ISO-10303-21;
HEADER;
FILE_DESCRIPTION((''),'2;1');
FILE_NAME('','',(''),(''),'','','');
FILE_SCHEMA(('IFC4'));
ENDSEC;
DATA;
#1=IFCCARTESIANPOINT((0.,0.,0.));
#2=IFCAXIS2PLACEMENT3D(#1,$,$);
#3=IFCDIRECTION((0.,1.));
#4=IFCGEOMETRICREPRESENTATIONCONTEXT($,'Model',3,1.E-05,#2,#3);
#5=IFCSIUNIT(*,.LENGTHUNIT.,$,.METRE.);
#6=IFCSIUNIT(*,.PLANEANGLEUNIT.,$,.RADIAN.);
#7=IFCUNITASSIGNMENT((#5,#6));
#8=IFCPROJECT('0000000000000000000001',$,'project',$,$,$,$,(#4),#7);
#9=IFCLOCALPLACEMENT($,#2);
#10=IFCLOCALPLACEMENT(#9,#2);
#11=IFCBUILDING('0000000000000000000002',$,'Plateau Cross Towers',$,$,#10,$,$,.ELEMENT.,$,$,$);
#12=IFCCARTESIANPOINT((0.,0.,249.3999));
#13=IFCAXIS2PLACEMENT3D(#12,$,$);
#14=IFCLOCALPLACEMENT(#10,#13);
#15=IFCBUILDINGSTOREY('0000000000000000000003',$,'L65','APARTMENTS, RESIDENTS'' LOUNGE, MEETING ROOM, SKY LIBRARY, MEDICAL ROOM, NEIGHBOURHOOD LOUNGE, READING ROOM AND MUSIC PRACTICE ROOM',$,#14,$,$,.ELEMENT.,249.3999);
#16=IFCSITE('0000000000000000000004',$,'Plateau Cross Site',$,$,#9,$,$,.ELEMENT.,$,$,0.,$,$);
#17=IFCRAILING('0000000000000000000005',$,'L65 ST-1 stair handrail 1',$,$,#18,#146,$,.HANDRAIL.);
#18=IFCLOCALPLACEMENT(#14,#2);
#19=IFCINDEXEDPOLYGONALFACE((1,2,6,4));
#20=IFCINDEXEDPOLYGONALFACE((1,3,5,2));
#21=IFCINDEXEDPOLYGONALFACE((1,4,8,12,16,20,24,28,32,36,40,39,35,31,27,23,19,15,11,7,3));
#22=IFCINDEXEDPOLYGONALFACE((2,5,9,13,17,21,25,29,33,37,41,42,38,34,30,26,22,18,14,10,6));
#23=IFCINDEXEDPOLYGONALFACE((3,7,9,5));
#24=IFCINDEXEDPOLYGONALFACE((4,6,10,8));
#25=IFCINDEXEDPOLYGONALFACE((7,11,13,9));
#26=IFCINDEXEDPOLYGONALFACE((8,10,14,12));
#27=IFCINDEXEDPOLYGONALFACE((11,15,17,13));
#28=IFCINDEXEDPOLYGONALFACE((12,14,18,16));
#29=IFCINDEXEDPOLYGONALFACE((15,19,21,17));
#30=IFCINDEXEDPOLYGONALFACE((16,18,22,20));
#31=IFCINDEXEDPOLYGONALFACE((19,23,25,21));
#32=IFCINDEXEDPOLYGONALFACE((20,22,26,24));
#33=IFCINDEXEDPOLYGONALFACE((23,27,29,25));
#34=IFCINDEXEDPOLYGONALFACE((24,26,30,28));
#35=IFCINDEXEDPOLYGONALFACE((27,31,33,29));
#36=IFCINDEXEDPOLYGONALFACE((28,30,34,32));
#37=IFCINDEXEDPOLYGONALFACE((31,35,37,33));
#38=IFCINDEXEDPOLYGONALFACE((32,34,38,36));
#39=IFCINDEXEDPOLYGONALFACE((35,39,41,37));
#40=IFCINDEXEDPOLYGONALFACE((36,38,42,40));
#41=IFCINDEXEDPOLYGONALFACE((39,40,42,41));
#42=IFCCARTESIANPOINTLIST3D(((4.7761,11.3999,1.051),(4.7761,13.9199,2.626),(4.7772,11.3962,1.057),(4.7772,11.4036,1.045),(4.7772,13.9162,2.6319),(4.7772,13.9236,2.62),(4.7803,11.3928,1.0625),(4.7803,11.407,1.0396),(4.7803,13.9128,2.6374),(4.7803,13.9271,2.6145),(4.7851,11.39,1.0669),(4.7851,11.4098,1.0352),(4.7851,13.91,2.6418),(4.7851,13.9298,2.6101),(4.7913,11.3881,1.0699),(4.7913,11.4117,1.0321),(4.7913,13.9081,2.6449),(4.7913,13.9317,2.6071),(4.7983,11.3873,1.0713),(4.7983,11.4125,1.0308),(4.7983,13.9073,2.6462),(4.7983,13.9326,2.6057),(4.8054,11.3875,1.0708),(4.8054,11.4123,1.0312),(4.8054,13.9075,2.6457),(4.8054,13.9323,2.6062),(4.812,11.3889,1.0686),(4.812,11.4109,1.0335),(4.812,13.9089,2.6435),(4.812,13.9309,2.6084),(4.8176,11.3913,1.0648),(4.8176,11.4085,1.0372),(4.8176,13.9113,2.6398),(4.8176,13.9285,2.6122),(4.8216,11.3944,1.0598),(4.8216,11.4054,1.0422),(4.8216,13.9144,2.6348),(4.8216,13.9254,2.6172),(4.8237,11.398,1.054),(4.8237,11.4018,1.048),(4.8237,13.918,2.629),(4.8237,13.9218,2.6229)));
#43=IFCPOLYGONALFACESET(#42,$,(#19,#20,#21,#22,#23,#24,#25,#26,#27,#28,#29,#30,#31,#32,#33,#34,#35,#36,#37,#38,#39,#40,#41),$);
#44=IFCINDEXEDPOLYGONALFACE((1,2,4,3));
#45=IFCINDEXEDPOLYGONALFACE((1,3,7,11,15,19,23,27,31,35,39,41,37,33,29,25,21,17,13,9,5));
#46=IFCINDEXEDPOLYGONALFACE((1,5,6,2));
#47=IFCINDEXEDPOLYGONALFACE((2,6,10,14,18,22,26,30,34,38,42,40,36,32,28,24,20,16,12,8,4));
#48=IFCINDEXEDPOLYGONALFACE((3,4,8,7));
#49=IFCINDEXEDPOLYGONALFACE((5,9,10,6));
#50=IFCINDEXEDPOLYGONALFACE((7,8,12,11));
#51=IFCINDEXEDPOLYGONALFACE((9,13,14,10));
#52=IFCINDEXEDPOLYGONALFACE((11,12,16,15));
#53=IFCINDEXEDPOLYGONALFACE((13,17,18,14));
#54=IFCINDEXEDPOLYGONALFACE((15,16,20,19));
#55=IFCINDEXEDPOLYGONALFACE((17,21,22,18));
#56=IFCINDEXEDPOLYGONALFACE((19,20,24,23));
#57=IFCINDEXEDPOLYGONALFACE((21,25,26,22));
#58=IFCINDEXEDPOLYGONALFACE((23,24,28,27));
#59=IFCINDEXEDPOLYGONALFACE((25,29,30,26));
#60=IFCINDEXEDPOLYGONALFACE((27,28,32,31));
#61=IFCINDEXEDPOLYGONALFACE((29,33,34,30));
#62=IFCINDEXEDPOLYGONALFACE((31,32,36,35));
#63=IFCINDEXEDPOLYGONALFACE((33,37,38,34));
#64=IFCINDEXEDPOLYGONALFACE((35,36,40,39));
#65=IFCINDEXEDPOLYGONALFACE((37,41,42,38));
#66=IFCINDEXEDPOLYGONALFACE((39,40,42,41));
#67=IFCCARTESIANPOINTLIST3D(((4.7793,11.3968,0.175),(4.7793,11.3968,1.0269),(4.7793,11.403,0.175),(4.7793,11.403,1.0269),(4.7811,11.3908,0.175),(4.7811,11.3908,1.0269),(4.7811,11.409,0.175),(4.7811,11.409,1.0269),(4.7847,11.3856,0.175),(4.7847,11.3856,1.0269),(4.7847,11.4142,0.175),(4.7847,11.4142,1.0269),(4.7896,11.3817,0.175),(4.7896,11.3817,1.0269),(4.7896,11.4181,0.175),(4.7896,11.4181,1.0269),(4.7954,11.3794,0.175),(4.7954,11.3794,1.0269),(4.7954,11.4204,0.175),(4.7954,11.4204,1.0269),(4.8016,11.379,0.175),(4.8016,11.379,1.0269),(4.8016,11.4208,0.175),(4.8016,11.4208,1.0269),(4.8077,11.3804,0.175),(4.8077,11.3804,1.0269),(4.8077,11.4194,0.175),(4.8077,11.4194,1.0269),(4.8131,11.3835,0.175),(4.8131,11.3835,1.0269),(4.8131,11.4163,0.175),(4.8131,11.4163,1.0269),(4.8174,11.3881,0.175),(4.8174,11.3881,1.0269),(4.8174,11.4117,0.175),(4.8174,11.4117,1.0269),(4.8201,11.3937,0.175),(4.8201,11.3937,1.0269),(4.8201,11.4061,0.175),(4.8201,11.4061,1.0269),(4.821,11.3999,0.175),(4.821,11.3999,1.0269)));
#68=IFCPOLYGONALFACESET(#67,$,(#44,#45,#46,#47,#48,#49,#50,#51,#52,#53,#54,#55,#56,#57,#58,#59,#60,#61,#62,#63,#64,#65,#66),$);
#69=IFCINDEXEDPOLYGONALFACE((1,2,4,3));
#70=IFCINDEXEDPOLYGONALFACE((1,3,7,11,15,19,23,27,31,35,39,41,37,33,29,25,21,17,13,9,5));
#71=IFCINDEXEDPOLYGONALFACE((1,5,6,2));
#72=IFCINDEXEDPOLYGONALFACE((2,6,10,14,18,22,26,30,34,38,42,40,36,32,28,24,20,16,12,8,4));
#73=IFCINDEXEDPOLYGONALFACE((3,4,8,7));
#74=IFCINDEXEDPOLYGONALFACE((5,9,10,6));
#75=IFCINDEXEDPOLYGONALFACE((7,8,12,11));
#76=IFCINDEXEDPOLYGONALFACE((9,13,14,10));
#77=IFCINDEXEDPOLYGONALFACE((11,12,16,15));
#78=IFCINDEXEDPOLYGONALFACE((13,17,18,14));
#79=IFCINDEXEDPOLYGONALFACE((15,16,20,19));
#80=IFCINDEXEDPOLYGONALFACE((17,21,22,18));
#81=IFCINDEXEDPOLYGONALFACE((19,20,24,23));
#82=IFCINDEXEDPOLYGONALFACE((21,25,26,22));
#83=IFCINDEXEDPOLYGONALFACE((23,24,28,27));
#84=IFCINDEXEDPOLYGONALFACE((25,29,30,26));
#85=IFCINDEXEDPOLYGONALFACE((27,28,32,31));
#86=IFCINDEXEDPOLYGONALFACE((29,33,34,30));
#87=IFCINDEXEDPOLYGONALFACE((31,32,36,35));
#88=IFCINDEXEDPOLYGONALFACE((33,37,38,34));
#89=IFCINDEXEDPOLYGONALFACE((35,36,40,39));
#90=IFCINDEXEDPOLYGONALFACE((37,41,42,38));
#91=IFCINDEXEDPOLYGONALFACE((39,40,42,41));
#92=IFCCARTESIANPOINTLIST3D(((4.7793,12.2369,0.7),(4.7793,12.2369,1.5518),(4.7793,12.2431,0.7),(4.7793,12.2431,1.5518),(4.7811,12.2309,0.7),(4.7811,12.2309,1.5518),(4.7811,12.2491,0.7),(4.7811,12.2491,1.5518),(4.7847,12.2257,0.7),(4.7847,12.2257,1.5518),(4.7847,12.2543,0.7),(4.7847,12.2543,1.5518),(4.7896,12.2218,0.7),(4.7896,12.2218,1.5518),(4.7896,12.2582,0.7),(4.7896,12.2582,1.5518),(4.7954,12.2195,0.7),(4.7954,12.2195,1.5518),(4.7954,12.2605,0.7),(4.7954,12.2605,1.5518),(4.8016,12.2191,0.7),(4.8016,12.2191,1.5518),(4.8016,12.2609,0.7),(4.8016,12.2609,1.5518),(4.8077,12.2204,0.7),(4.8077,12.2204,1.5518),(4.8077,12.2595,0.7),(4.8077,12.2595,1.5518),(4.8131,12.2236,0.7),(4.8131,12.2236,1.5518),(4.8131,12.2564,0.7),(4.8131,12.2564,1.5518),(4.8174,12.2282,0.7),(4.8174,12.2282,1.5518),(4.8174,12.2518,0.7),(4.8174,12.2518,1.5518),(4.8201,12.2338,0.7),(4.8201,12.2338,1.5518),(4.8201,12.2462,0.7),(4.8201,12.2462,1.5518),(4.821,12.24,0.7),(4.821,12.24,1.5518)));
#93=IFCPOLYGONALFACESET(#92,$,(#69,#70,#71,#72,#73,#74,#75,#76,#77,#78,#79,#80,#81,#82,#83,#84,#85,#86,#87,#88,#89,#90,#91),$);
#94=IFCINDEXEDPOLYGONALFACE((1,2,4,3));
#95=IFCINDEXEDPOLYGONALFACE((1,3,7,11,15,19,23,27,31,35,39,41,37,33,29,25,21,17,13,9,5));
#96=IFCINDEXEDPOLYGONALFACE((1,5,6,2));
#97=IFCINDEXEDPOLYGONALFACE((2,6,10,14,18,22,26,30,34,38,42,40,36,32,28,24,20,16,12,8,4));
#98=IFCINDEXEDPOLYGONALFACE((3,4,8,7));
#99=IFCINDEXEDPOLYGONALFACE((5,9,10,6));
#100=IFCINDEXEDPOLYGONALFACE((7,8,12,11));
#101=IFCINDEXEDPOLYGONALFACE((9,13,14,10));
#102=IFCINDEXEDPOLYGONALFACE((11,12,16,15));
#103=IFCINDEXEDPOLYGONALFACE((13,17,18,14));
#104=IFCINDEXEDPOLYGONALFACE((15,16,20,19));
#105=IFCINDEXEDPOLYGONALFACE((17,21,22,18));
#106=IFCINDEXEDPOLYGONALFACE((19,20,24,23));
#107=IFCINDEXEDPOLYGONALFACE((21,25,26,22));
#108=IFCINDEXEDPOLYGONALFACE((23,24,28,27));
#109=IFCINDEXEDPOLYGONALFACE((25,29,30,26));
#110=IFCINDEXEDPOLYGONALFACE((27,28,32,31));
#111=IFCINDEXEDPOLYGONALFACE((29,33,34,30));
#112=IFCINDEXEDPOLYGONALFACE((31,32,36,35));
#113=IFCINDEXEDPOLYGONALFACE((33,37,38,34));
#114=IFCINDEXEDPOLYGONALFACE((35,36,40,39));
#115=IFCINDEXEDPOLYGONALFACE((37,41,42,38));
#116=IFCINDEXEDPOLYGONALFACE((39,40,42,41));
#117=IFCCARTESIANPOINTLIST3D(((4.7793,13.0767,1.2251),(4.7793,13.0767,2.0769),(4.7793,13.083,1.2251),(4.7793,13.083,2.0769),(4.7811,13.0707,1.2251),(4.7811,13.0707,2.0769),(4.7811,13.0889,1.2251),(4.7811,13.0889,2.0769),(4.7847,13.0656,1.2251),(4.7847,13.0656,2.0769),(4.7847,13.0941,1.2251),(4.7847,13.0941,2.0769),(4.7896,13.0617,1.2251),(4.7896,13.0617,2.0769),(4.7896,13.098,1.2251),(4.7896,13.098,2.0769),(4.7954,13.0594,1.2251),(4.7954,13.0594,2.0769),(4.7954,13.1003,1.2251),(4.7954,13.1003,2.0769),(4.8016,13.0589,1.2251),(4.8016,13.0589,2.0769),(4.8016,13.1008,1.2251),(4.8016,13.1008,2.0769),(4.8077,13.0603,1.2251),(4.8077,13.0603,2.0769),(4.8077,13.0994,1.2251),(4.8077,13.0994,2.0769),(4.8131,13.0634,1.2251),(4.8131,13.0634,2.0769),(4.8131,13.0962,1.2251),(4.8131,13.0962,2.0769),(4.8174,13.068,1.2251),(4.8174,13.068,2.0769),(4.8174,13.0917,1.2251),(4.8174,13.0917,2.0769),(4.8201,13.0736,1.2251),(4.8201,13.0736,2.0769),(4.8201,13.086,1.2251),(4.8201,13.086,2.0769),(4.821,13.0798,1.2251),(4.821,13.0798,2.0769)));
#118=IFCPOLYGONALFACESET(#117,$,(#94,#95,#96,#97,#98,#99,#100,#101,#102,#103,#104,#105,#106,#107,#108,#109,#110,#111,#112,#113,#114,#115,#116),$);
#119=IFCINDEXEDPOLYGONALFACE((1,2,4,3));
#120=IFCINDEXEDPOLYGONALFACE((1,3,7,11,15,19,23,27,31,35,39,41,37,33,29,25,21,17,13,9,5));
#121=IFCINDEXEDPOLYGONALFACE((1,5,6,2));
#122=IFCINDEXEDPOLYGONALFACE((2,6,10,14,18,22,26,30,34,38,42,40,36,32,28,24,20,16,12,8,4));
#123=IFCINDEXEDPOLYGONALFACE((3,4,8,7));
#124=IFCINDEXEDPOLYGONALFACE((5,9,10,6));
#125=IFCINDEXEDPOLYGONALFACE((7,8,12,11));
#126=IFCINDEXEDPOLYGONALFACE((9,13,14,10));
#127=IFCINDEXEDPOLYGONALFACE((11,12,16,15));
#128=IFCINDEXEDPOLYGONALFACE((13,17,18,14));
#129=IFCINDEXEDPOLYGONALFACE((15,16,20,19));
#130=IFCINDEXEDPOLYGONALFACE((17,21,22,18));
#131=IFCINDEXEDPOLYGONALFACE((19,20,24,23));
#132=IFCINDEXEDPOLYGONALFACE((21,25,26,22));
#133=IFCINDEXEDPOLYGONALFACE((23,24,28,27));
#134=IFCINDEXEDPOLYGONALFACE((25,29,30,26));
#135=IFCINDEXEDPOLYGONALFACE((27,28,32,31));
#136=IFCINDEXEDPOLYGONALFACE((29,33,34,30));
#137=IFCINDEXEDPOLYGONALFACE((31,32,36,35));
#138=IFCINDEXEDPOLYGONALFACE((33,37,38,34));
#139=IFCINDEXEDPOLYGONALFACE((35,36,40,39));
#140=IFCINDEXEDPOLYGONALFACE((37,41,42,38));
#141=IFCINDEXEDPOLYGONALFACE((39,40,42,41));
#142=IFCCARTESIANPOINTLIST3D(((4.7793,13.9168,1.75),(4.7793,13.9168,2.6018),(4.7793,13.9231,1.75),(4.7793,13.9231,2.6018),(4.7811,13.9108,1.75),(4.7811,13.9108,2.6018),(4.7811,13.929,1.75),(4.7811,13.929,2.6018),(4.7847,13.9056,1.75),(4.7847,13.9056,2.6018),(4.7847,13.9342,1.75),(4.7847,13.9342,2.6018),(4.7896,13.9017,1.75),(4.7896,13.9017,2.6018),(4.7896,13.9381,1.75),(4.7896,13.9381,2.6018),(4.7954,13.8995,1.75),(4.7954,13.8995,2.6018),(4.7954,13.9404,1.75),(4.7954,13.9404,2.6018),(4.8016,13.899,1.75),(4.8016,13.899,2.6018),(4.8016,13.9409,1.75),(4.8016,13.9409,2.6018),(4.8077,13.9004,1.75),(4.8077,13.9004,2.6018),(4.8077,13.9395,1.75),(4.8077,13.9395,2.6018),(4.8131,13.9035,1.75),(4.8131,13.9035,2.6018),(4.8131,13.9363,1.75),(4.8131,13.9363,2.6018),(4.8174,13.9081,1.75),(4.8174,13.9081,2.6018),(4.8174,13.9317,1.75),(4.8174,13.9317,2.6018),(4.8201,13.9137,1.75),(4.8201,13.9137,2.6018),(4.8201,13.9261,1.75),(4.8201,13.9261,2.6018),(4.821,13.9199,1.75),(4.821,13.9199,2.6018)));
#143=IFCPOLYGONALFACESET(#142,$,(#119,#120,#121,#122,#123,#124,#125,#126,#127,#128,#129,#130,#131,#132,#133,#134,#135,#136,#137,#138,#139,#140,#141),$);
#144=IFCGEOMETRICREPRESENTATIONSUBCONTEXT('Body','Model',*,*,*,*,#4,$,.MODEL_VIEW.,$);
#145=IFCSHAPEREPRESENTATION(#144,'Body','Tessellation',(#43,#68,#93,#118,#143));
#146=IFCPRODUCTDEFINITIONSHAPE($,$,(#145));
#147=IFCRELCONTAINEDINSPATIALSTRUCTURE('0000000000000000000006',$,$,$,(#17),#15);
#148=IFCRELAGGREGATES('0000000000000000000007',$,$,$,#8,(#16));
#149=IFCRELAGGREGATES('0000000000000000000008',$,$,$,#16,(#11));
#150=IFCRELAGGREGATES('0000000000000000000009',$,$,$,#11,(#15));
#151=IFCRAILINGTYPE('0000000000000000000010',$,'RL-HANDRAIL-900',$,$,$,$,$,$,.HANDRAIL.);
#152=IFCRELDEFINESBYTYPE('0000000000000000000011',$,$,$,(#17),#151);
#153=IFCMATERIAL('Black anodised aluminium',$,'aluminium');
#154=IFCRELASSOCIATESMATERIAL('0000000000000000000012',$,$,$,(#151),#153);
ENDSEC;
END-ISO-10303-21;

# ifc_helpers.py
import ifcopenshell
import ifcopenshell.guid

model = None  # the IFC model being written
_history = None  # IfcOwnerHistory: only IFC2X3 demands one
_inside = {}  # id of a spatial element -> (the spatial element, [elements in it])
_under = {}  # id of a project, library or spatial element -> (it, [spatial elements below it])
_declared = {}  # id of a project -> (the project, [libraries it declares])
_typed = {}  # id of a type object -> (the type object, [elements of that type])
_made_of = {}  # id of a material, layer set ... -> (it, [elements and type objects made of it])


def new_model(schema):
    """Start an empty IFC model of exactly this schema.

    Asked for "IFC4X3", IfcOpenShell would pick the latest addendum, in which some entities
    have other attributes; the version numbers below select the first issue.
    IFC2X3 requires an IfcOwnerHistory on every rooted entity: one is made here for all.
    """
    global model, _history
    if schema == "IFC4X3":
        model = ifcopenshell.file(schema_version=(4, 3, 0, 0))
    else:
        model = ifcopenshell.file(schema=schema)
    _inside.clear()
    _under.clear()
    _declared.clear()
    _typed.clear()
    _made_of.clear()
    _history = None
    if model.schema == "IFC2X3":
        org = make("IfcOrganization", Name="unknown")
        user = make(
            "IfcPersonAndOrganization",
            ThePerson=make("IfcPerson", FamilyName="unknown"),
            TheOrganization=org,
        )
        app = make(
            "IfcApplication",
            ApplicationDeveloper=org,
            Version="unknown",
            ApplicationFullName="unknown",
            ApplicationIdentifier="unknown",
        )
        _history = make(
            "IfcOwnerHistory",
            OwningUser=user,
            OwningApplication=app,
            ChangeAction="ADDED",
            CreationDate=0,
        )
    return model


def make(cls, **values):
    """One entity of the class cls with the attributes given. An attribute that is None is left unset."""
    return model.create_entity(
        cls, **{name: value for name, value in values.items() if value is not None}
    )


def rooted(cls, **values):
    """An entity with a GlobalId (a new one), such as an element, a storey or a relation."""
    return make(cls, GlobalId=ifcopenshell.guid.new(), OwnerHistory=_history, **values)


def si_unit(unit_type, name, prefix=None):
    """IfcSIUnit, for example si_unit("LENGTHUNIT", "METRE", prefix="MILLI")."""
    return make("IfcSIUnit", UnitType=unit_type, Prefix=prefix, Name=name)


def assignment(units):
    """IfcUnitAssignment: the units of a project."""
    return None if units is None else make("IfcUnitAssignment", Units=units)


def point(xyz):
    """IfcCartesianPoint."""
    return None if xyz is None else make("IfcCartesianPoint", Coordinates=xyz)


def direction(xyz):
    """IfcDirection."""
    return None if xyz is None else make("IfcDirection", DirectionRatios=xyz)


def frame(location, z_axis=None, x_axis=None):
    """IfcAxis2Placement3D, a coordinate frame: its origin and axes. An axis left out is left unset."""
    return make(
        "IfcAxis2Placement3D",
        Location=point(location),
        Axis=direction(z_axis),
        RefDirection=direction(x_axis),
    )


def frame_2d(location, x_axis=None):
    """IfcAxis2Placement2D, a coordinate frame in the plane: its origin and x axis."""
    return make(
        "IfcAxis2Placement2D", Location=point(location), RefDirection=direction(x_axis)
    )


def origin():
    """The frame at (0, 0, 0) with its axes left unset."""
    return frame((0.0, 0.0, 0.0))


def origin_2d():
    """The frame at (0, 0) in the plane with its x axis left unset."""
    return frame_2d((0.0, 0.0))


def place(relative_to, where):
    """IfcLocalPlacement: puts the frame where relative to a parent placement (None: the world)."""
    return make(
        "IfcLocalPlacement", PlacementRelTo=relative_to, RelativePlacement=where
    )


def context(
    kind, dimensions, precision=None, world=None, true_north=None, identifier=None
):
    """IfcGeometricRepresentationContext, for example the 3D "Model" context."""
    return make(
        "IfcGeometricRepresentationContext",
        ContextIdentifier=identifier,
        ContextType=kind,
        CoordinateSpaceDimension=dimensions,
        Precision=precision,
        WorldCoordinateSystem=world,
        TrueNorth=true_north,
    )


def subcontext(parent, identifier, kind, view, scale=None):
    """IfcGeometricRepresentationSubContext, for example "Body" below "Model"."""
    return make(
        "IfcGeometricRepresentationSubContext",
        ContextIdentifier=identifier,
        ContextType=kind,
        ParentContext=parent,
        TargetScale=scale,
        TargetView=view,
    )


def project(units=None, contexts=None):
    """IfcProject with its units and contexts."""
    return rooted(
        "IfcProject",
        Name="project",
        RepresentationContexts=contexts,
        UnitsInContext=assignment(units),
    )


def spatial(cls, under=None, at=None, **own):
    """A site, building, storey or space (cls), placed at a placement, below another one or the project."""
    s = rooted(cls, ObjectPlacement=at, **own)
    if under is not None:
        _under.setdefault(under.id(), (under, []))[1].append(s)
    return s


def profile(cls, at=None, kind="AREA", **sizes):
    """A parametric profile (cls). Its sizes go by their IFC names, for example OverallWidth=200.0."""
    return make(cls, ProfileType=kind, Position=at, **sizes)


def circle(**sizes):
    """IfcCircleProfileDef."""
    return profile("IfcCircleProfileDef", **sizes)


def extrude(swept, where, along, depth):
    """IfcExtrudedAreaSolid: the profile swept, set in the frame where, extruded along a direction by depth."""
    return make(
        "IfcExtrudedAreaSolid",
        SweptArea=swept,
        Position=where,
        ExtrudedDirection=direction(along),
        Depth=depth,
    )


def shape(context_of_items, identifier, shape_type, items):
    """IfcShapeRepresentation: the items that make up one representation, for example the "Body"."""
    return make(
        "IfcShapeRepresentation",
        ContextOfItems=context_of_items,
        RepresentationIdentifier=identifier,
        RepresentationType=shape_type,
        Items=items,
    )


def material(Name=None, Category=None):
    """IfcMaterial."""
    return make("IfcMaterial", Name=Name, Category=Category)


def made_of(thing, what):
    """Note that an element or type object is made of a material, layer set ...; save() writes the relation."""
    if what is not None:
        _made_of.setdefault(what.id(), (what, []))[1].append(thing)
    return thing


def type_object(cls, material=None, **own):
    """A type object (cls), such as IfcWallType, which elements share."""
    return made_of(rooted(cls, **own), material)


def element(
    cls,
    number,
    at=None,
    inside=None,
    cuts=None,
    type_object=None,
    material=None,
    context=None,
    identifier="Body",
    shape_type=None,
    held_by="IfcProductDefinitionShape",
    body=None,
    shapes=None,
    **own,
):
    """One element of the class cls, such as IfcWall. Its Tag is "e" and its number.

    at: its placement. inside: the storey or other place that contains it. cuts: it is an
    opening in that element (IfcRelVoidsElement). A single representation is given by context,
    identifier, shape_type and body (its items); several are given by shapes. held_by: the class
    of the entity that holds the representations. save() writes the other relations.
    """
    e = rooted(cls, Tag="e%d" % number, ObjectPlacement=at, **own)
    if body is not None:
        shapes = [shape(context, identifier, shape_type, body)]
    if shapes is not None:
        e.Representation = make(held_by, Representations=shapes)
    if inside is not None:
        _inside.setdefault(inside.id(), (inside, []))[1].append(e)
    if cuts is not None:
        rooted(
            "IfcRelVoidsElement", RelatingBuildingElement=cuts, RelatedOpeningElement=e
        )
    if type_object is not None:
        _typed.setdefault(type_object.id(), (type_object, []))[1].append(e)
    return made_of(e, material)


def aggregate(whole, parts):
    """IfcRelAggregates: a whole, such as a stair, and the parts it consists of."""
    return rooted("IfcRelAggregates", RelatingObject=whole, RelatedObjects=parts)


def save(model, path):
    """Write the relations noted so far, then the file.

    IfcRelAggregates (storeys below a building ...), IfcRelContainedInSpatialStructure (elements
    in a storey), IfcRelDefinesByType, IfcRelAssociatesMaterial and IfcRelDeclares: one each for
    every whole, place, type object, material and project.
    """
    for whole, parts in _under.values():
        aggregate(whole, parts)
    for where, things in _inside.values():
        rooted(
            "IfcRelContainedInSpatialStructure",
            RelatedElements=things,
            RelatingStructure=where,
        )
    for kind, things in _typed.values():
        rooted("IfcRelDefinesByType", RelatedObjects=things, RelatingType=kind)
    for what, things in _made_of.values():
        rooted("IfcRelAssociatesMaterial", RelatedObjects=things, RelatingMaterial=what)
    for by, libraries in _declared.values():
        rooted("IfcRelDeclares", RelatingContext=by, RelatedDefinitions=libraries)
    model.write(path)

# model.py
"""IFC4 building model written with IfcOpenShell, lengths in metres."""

from ifc_helpers import new_model, si_unit, direction, frame, origin, origin_2d, place, context, subcontext, project, spatial, circle, extrude, material, type_object, element, save


model = new_model("IFC4")

# Units and contexts
model_context = context("Model", 3, precision=1e-05, world=origin(), true_north=direction((0.0, 1.0)))
body_context = subcontext(model_context, "Body", "Model", "MODEL_VIEW")
ifc_project = project(units=[si_unit("LENGTHUNIT", "METRE"), si_unit("PLANEANGLEUNIT", "RADIAN")], contexts=[model_context])

# Site, building, storey
site_placement = place(None, origin())
site = spatial("IfcSite", under=ifc_project, at=site_placement, Name="Plateau Cross Site", CompositionType="ELEMENT", RefElevation=0.0)
building_placement = place(site_placement, origin())
building = spatial("IfcBuilding", under=site, at=building_placement, Name="Plateau Cross Towers", CompositionType="ELEMENT")
storey_placement = place(building_placement, frame((0.0, 0.0, 249.3999)))
storey = spatial("IfcBuildingStorey", under=building, at=storey_placement, Name="L65", Description="APARTMENTS, RESIDENTS' LOUNGE, MEETING ROOM, SKY LIBRARY, MEDICAL ROOM, NEIGHBOURHOOD LOUNGE, READING ROOM AND MUSIC PRACTICE ROOM", CompositionType="ELEMENT", Elevation=249.3999)

# Shared definitions
ifc_material_1 = material(Name="Black anodised aluminium", Category="aluminium")

# Railing
railing_type_1 = type_object("IfcRailingType", Name="RL-HANDRAIL-900", PredefinedType="HANDRAIL", material=ifc_material_1)
railing_1_placement = place(storey_placement, frame((4.8, 11.3999, 0.175)))
element("IfcRailing", 1, at=railing_1_placement, inside=storey, type_object=railing_type_1, Name="L65 ST-1 stair handrail 1", PredefinedType="HANDRAIL", context=body_context, shape_type="SweptSolid", body=[
    extrude(circle(Radius=0.0239, at=origin_2d()), frame((0.0, 0.0, 0.876), z_axis=(0.0, 0.848008, 0.529984), x_axis=(-1.0, 0.0, 0.0)), (0.0, 0.0, 1.0), 2.9717),
    extrude(circle(Radius=0.021, at=origin_2d()), origin(), (0.0, 0.0, 1.0), 0.8518),
    extrude(circle(Radius=0.021, at=origin_2d()), frame((0.0, 0.8401, 0.5249)), (0.0, 0.0, 1.0), 0.8518),
    extrude(circle(Radius=0.021, at=origin_2d()), frame((0.0, 1.6799, 1.05)), (0.0, 0.0, 1.0), 0.8518),
    extrude(circle(Radius=0.021, at=origin_2d()), frame((0.0, 2.52, 1.575)), (0.0, 0.0, 1.0), 0.8518),
])

save(model, "model.ifc")
